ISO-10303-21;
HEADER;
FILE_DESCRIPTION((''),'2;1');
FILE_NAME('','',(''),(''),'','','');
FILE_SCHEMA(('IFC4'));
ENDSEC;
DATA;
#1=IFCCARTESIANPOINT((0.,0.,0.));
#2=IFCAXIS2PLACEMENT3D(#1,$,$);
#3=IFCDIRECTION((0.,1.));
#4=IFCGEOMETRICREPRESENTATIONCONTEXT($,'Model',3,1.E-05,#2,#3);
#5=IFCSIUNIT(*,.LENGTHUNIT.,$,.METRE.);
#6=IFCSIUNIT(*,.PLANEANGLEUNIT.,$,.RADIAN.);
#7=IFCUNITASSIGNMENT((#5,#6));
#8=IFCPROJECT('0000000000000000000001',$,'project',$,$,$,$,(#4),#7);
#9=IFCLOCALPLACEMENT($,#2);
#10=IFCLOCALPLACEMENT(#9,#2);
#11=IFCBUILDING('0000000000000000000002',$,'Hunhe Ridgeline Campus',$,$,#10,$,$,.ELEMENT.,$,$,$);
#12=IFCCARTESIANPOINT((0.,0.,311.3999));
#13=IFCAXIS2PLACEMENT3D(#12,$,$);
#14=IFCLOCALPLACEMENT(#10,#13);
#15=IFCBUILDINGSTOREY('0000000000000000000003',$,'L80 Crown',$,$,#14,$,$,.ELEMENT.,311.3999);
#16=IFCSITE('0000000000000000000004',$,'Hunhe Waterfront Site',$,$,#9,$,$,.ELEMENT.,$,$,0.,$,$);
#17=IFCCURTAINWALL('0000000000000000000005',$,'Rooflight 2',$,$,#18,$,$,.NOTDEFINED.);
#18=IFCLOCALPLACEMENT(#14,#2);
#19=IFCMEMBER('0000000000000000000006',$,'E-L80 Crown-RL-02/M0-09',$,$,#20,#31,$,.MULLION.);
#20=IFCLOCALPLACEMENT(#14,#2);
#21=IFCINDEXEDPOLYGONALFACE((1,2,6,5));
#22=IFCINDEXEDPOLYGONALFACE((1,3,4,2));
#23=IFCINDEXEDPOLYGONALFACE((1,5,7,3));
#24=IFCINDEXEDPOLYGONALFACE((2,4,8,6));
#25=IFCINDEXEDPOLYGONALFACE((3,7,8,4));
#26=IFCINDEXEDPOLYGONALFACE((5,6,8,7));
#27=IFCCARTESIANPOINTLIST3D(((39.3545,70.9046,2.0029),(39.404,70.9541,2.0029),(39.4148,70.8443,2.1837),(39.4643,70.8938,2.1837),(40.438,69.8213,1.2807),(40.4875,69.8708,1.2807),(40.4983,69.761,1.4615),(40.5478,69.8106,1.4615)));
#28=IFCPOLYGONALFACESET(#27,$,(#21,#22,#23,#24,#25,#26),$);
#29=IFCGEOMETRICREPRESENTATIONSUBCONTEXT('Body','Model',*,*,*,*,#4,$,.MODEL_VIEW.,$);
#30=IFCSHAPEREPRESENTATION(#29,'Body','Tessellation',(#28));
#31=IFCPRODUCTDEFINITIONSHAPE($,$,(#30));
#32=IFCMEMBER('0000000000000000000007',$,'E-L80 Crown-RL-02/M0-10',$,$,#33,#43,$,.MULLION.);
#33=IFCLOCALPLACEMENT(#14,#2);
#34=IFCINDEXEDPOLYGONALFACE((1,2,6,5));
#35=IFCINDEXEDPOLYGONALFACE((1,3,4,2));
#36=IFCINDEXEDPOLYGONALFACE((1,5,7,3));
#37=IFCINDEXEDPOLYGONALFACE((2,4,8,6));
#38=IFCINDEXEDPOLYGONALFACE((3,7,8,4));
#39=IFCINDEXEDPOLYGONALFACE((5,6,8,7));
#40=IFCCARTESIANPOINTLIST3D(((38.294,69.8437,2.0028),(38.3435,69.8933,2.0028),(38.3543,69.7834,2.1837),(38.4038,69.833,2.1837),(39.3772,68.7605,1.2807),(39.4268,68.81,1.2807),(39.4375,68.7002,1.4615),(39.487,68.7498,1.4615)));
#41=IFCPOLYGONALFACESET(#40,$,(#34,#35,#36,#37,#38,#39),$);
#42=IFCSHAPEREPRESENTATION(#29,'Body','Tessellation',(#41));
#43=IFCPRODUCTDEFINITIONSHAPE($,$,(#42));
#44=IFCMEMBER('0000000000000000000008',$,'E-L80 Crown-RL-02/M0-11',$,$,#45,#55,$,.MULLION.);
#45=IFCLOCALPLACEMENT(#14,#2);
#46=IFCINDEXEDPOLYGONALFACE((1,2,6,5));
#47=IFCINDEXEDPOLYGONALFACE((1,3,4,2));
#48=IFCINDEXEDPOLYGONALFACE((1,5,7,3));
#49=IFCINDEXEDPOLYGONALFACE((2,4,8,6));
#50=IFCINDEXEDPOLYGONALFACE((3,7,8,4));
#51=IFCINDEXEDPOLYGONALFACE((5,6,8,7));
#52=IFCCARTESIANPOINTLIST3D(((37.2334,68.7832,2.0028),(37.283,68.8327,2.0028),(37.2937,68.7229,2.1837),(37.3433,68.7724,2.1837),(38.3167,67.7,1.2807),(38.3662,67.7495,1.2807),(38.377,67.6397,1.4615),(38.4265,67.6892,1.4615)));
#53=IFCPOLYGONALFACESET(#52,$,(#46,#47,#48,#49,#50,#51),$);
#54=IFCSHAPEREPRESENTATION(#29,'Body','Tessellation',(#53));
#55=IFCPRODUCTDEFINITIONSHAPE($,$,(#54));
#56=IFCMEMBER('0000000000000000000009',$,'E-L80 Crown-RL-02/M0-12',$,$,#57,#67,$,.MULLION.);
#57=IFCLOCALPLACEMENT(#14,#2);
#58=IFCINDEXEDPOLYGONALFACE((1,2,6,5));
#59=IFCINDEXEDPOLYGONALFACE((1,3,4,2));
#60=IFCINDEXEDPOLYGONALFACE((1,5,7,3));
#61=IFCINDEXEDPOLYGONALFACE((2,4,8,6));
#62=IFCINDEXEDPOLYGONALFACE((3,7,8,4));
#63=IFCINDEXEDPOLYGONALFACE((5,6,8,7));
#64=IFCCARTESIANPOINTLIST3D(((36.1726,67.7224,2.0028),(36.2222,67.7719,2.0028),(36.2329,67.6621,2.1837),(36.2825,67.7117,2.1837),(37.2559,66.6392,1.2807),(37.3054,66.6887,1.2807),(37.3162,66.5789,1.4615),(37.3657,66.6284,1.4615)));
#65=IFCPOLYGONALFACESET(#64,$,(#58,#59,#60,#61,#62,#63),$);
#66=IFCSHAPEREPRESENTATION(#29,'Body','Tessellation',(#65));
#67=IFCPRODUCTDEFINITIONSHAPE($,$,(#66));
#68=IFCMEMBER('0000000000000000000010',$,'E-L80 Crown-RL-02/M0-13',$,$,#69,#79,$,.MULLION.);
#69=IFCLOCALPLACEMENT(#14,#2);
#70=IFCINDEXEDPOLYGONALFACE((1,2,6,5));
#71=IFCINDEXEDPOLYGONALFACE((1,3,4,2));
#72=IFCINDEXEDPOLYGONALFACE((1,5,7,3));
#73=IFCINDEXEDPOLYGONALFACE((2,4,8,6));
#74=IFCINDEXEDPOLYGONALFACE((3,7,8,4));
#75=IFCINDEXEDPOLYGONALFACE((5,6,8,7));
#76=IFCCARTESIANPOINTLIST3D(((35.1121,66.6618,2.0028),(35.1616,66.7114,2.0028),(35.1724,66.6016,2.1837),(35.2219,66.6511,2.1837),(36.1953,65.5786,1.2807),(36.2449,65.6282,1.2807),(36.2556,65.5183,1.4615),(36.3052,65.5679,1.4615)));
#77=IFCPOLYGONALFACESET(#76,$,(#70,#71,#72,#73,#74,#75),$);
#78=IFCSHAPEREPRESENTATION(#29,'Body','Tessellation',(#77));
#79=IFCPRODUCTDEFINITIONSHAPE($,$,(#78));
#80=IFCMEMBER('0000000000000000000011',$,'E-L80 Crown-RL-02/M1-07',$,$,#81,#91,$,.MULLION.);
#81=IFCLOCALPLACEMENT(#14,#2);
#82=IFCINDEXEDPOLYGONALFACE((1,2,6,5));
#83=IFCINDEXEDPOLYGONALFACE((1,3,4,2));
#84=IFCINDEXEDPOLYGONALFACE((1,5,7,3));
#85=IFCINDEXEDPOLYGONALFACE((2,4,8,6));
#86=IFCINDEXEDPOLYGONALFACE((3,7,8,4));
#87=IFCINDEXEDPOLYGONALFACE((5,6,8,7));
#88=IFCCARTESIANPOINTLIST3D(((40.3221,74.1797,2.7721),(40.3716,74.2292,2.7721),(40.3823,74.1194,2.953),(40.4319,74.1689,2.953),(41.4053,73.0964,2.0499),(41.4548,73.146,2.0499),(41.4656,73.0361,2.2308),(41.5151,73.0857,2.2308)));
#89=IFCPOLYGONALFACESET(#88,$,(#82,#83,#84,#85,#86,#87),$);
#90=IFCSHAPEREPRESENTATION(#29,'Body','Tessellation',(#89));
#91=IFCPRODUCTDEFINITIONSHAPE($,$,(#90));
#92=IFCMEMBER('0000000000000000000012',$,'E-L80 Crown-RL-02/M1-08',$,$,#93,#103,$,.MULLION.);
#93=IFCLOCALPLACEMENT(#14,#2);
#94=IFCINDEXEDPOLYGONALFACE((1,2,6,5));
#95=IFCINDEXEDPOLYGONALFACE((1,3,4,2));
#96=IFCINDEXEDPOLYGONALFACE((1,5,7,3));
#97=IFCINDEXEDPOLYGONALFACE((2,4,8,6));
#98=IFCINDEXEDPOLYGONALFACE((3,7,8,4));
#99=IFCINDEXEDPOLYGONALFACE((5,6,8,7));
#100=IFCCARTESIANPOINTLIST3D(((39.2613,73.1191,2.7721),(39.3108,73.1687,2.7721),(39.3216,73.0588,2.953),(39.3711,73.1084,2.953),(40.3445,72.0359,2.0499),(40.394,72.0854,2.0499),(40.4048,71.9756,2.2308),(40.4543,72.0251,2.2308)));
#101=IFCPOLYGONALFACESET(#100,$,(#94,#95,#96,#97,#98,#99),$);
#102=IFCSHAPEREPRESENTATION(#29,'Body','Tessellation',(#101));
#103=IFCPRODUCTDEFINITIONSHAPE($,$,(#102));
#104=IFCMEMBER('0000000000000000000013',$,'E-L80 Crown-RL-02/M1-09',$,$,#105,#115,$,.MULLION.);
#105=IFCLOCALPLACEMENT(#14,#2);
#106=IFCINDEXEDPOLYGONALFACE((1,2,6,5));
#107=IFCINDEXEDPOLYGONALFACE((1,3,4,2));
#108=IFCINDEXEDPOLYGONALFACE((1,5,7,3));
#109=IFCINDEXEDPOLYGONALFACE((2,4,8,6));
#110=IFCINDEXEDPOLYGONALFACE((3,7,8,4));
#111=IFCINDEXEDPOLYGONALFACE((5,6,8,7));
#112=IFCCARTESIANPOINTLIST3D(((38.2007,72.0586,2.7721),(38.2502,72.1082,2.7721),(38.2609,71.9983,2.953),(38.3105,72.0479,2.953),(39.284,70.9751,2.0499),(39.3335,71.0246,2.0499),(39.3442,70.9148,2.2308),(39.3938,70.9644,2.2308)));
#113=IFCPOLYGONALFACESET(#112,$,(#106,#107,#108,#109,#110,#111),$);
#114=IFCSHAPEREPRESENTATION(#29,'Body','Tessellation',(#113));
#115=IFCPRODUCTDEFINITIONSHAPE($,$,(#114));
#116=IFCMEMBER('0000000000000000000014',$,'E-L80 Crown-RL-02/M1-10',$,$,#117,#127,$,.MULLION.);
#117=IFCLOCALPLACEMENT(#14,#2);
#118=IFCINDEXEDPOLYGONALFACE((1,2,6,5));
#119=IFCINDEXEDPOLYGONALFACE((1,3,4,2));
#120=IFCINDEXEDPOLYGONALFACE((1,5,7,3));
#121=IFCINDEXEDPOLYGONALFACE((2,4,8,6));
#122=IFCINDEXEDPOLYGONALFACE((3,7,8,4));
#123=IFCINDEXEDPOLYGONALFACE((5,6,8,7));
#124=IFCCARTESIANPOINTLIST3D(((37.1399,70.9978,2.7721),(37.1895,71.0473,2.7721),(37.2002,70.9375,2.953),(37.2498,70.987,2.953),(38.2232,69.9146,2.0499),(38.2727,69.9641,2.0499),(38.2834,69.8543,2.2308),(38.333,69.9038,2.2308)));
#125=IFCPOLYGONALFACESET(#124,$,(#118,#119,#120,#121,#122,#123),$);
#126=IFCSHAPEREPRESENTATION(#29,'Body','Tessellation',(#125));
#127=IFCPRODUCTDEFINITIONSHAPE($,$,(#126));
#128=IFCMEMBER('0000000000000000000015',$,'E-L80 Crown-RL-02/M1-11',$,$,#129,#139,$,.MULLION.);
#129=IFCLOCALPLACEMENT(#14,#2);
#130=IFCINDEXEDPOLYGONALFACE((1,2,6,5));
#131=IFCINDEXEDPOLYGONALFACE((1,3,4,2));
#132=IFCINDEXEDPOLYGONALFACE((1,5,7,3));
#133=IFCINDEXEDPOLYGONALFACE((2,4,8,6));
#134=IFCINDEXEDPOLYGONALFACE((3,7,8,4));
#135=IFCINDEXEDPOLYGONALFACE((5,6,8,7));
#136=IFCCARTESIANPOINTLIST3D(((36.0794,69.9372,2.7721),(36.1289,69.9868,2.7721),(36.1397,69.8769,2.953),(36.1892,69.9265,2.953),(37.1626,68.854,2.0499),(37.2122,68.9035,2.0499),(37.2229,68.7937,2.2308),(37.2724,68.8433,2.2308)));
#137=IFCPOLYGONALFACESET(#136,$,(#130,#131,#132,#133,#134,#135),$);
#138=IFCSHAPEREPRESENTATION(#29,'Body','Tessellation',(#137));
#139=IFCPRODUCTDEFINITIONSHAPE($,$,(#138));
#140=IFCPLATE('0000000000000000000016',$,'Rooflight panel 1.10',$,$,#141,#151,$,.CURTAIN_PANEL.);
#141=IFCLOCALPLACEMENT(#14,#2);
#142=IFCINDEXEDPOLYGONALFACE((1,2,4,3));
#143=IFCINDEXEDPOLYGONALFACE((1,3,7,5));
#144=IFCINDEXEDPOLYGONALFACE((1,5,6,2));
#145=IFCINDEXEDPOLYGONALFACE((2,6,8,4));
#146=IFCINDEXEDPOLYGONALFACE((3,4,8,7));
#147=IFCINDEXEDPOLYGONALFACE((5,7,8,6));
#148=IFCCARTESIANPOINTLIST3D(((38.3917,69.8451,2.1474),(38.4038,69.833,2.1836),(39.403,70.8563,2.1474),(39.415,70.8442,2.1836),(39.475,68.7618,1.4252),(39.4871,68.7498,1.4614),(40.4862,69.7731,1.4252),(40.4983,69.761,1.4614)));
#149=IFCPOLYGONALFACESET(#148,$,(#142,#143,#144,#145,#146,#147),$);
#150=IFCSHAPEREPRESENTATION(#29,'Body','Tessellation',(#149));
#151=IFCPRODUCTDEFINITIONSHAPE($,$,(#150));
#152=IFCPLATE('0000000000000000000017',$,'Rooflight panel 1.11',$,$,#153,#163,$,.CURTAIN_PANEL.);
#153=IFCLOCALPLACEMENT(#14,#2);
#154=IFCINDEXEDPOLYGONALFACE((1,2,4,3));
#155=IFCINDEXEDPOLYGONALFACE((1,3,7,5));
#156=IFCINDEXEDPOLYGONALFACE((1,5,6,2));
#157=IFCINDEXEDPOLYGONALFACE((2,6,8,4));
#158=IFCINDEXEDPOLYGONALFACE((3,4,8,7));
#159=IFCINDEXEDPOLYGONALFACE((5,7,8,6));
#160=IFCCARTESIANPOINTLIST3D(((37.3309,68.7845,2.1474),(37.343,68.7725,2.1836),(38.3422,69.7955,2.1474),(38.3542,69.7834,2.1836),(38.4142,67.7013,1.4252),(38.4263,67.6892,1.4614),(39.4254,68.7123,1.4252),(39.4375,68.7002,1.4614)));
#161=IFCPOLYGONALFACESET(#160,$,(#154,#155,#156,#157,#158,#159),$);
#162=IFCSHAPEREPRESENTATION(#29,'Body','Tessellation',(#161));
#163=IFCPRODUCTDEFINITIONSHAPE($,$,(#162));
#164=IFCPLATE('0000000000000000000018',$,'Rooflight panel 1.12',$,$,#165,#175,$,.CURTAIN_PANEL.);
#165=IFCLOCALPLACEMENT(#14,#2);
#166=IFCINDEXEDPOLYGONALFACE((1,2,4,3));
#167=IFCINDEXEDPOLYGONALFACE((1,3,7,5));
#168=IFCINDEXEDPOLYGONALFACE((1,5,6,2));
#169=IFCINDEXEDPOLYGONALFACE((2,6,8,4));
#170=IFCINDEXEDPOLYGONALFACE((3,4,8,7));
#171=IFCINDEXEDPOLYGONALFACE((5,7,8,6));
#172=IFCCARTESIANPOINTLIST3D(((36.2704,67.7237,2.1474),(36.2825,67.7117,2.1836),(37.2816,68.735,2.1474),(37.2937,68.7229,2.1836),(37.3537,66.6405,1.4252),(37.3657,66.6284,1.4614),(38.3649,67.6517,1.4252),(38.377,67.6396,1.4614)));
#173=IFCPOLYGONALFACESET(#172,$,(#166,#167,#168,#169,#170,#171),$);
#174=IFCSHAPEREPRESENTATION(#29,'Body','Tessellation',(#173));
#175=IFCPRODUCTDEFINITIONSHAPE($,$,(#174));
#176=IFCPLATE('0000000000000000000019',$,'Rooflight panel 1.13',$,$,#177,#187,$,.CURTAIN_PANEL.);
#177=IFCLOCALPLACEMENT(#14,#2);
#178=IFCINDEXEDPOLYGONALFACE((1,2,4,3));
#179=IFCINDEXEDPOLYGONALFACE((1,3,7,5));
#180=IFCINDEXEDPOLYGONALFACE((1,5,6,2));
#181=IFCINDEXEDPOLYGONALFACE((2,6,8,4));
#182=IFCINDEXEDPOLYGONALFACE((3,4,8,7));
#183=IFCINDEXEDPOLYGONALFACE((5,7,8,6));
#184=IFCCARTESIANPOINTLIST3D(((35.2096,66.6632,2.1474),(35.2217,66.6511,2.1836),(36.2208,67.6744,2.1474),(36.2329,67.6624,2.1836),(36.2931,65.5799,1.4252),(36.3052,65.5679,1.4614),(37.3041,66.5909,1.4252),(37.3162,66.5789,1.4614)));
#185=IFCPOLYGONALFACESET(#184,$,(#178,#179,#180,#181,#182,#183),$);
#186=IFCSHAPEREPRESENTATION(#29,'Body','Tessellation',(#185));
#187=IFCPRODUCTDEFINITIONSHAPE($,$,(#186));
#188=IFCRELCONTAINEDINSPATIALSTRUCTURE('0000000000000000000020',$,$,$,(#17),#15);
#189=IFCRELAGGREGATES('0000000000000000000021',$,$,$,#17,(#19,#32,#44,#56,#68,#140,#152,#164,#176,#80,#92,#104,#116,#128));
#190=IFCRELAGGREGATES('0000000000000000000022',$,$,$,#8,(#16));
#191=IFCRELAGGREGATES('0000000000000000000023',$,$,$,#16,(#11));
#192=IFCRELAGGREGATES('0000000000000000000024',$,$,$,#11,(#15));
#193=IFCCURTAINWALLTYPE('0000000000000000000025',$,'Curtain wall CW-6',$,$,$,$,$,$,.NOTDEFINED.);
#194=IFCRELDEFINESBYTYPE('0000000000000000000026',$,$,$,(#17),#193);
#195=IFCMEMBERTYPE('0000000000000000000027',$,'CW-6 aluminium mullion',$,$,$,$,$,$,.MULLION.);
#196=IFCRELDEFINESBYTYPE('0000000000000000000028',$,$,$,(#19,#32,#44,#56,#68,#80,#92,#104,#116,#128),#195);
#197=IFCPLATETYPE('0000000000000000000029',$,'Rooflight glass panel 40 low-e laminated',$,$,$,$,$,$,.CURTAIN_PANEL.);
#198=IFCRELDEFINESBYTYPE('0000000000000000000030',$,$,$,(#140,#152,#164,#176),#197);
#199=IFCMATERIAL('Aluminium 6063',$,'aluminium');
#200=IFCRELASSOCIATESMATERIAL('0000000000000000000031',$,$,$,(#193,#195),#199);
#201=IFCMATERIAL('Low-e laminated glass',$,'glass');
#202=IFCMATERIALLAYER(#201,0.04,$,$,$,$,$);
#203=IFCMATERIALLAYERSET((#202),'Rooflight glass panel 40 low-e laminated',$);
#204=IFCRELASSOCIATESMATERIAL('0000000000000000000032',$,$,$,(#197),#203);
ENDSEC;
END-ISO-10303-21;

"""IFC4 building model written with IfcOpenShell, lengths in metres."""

from ifc_helpers import new_model, si_unit, direction, frame, origin, origin_2d, place, context, subcontext, project, spatial, polyline, rectangle, outline, extrude, material, layer, layer_set, material_profile, profile_set, type_object, element, aggregate, save


model = new_model("IFC4")

# Units and contexts
model_context = context("Model", 3, precision=1e-05, world=origin(), true_north=direction((0.0, 1.0)))
body_context = subcontext(model_context, "Body", "Model", "MODEL_VIEW")
ifc_project = project(units=[si_unit("LENGTHUNIT", "METRE"), si_unit("PLANEANGLEUNIT", "RADIAN")], contexts=[model_context])

# Site, building, storey
site_placement = place(None, origin())
site = spatial("IfcSite", under=ifc_project, at=site_placement, Name="Hunhe Waterfront Site", CompositionType="ELEMENT", RefElevation=0.0)
building_placement = place(site_placement, origin())
building = spatial("IfcBuilding", under=site, at=building_placement, Name="Hunhe Ridgeline Campus", CompositionType="ELEMENT")
storey_placement = place(building_placement, frame((0.0, 0.0, 311.3999)))
storey = spatial("IfcBuildingStorey", under=building, at=storey_placement, Name="L80 Crown", CompositionType="ELEMENT", Elevation=311.3999)

# Curtain wall, members, plates
ifc_material_1 = material(Name="Aluminium 6063", Category="aluminium")
curtain_wall_type = type_object("IfcCurtainWallType", Name="Curtain wall CW-6", PredefinedType="NOTDEFINED", material=ifc_material_1)
curtain_wall_placement = place(storey_placement, origin())
curtain_wall = element("IfcCurtainWall", 1, at=curtain_wall_placement, inside=storey, type_object=curtain_wall_type, Name="Rooflight 2", PredefinedType="NOTDEFINED")
ifc_material_profile = material_profile(ifc_material_1, rectangle(XDim=0.0701, YDim=0.2, at=origin_2d()))
ifc_profile_set = profile_set([ifc_material_profile], Name="Aluminium 6063")
member_type = type_object("IfcMemberType", Name="CW-6 aluminium mullion", PredefinedType="MULLION", material=ifc_profile_set)
member_1_placement = place(storey_placement, frame((40.4929, 69.8159, 1.3711), z_axis=(-0.639687, 0.639543, 0.426362), x_axis=(-0.707027, -0.707186, 0.0)))
member_1 = element("IfcMember", 2, at=member_1_placement, type_object=member_type, Name="E-L80 Crown-RL-02/M0-09", PredefinedType="MULLION", context=body_context, shape_type="SweptSolid", body=[
    extrude(rectangle(XDim=0.0701, YDim=0.2, at=origin_2d()), origin(), (0.0, 0.0, 1.0), 1.6938),
])
member_2_placement = place(storey_placement, frame((39.4321, 68.7551, 1.3711), z_axis=(-0.639602, 0.639602, 0.426401), x_axis=(-0.707107, -0.707107, 0.0)))
member_2 = element("IfcMember", 3, at=member_2_placement, type_object=member_type, Name="E-L80 Crown-RL-02/M0-10", PredefinedType="MULLION", context=body_context, shape_type="SweptSolid", body=[
    extrude(rectangle(XDim=0.0701, YDim=0.2, at=origin_2d()), origin(), (0.0, 0.0, 1.0), 1.6936),
])
member_3_placement = place(storey_placement, frame((38.3716, 67.6946, 1.3711), z_axis=(-0.639602, 0.639602, 0.426401), x_axis=(-0.707107, -0.707107, 0.0)))
member_3 = element("IfcMember", 4, at=member_3_placement, type_object=member_type, Name="E-L80 Crown-RL-02/M0-11", PredefinedType="MULLION", context=body_context, shape_type="SweptSolid", body=[
    extrude(rectangle(XDim=0.0701, YDim=0.2, at=origin_2d()), origin(), (0.0, 0.0, 1.0), 1.6936),
])
member_4_placement = place(storey_placement, frame((37.3108, 66.6338, 1.3711), z_axis=(-0.639602, 0.639602, 0.426401), x_axis=(-0.707107, -0.707107, 0.0)))
member_4 = element("IfcMember", 5, at=member_4_placement, type_object=member_type, Name="E-L80 Crown-RL-02/M0-12", PredefinedType="MULLION", context=body_context, shape_type="SweptSolid", body=[
    extrude(rectangle(XDim=0.0701, YDim=0.2, at=origin_2d()), origin(), (0.0, 0.0, 1.0), 1.6936),
])
member_5_placement = place(storey_placement, frame((36.2502, 65.5732, 1.3711), z_axis=(-0.639602, 0.639602, 0.426401), x_axis=(-0.707107, -0.707107, 0.0)))
member_5 = element("IfcMember", 6, at=member_5_placement, type_object=member_type, Name="E-L80 Crown-RL-02/M0-13", PredefinedType="MULLION", context=body_context, shape_type="SweptSolid", body=[
    extrude(rectangle(XDim=0.0701, YDim=0.2, at=origin_2d()), origin(), (0.0, 0.0, 1.0), 1.6936),
])
member_6_placement = place(storey_placement, frame((41.4602, 73.0911, 2.1404), z_axis=(-0.639602, 0.639602, 0.426401), x_axis=(-0.707107, -0.707107, 0.0)))
member_6 = element("IfcMember", 7, at=member_6_placement, type_object=member_type, Name="E-L80 Crown-RL-02/M1-07", PredefinedType="MULLION", context=body_context, shape_type="SweptSolid", body=[
    extrude(rectangle(XDim=0.0701, YDim=0.2, at=origin_2d()), origin(), (0.0, 0.0, 1.0), 1.6936),
])
member_7_placement = place(storey_placement, frame((40.3994, 72.0305, 2.1404), z_axis=(-0.639602, 0.639602, 0.426401), x_axis=(-0.707107, -0.707107, 0.0)))
member_7 = element("IfcMember", 8, at=member_7_placement, type_object=member_type, Name="E-L80 Crown-RL-02/M1-08", PredefinedType="MULLION", context=body_context, shape_type="SweptSolid", body=[
    extrude(rectangle(XDim=0.0701, YDim=0.2, at=origin_2d()), origin(), (0.0, 0.0, 1.0), 1.6936),
])
member_8_placement = place(storey_placement, frame((39.3389, 70.9697, 2.1404), z_axis=(-0.639543, 0.639687, 0.426362), x_axis=(-0.707186, -0.707027, 0.0)))
member_8 = element("IfcMember", 9, at=member_8_placement, type_object=member_type, Name="E-L80 Crown-RL-02/M1-09", PredefinedType="MULLION", context=body_context, shape_type="SweptSolid", body=[
    extrude(rectangle(XDim=0.0701, YDim=0.2, at=origin_2d()), origin(), (0.0, 0.0, 1.0), 1.6938),
])
member_9_placement = place(storey_placement, frame((38.2781, 69.9092, 2.1404), z_axis=(-0.639602, 0.639602, 0.426401), x_axis=(-0.707107, -0.707107, 0.0)))
member_9 = element("IfcMember", 10, at=member_9_placement, type_object=member_type, Name="E-L80 Crown-RL-02/M1-10", PredefinedType="MULLION", context=body_context, shape_type="SweptSolid", body=[
    extrude(rectangle(XDim=0.0701, YDim=0.2, at=origin_2d()), origin(), (0.0, 0.0, 1.0), 1.6936),
])
member_10_placement = place(storey_placement, frame((37.2175, 68.8486, 2.1404), z_axis=(-0.639602, 0.639602, 0.426401), x_axis=(-0.707107, -0.707107, 0.0)))
member_10 = element("IfcMember", 11, at=member_10_placement, type_object=member_type, Name="E-L80 Crown-RL-02/M1-11", PredefinedType="MULLION", context=body_context, shape_type="SweptSolid", body=[
    extrude(rectangle(XDim=0.0701, YDim=0.2, at=origin_2d()), origin(), (0.0, 0.0, 1.0), 1.6936),
])
ifc_material_2 = material(Name="Low-e laminated glass", Category="glass")
ifc_layer = layer(ifc_material_2, 0.04)
ifc_layer_set = layer_set([ifc_layer], Name="Rooflight glass panel 40 low-e laminated")
plate_type = type_object("IfcPlateType", Name="Rooflight glass panel 40 low-e laminated", PredefinedType="CURTAIN_PANEL", material=ifc_layer_set)
plate_1_placement = place(storey_placement, frame((40.4983, 69.761, 1.4614), z_axis=(0.301511, -0.301511, 0.904534), x_axis=(-0.639602, 0.639602, 0.426401)))
plate_1 = element("IfcPlate", 12, at=plate_1_placement, type_object=plate_type, Name="Rooflight panel 1.10", PredefinedType="CURTAIN_PANEL", context=body_context, shape_type="SweptSolid", body=[
    extrude(outline(polyline([(0.0, 0.0), (1.6936, 0.0), (1.6936, 1.4301), (0.0, 1.4301), (0.0, 0.0)])), origin(), (0.0, 0.0, -1.0), 0.04),
])
plate_2_placement = place(storey_placement, frame((39.4375, 68.7002, 1.4614), z_axis=(0.301475, -0.301548, 0.904534), x_axis=(-0.639602, 0.639602, 0.426401)))
plate_2 = element("IfcPlate", 13, at=plate_2_placement, type_object=plate_type, Name="Rooflight panel 1.11", PredefinedType="CURTAIN_PANEL", context=body_context, shape_type="SweptSolid", body=[
    extrude(outline(polyline([(0.0, 0.0), (1.6936, 0.0), (1.6938, 1.4299), (0.0002, 1.4299), (0.0, 0.0)])), origin(), (0.0, 0.0, -1.0), 0.04),
])
plate_3_placement = place(storey_placement, frame((38.377, 67.6396, 1.4614), z_axis=(0.301511, -0.301511, 0.904534), x_axis=(-0.639602, 0.639602, 0.426401)))
plate_3 = element("IfcPlate", 14, at=plate_3_placement, type_object=plate_type, Name="Rooflight panel 1.12", PredefinedType="CURTAIN_PANEL", context=body_context, shape_type="SweptSolid", body=[
    extrude(outline(polyline([(0.0, 0.0), (1.6936, 0.0), (1.6936, 1.4301), (0.0, 1.4301), (0.0, 0.0)])), origin(), (0.0, 0.0, -1.0), 0.04),
])
plate_4_placement = place(storey_placement, frame((37.3162, 66.5789, 1.4614), z_axis=(0.301484, -0.301484, 0.904553), x_axis=(-0.639543, 0.639687, 0.426362)))
plate_4 = element("IfcPlate", 15, at=plate_4_placement, type_object=plate_type, Name="Rooflight panel 1.13", PredefinedType="CURTAIN_PANEL", context=body_context, shape_type="SweptSolid", body=[
    extrude(outline(polyline([(0.0, 0.0), (1.6938, 0.0), (1.6936, 1.4301), (-0.0001, 1.4298), (0.0, 0.0)])), origin(), (0.0, 0.0, -1.0), 0.04),
])
aggregate(curtain_wall, [member_1, member_2, member_3, member_4, member_5, plate_1, plate_2, plate_3, plate_4, member_6, member_7, member_8, member_9, member_10])

save(model, "model.ifc")
